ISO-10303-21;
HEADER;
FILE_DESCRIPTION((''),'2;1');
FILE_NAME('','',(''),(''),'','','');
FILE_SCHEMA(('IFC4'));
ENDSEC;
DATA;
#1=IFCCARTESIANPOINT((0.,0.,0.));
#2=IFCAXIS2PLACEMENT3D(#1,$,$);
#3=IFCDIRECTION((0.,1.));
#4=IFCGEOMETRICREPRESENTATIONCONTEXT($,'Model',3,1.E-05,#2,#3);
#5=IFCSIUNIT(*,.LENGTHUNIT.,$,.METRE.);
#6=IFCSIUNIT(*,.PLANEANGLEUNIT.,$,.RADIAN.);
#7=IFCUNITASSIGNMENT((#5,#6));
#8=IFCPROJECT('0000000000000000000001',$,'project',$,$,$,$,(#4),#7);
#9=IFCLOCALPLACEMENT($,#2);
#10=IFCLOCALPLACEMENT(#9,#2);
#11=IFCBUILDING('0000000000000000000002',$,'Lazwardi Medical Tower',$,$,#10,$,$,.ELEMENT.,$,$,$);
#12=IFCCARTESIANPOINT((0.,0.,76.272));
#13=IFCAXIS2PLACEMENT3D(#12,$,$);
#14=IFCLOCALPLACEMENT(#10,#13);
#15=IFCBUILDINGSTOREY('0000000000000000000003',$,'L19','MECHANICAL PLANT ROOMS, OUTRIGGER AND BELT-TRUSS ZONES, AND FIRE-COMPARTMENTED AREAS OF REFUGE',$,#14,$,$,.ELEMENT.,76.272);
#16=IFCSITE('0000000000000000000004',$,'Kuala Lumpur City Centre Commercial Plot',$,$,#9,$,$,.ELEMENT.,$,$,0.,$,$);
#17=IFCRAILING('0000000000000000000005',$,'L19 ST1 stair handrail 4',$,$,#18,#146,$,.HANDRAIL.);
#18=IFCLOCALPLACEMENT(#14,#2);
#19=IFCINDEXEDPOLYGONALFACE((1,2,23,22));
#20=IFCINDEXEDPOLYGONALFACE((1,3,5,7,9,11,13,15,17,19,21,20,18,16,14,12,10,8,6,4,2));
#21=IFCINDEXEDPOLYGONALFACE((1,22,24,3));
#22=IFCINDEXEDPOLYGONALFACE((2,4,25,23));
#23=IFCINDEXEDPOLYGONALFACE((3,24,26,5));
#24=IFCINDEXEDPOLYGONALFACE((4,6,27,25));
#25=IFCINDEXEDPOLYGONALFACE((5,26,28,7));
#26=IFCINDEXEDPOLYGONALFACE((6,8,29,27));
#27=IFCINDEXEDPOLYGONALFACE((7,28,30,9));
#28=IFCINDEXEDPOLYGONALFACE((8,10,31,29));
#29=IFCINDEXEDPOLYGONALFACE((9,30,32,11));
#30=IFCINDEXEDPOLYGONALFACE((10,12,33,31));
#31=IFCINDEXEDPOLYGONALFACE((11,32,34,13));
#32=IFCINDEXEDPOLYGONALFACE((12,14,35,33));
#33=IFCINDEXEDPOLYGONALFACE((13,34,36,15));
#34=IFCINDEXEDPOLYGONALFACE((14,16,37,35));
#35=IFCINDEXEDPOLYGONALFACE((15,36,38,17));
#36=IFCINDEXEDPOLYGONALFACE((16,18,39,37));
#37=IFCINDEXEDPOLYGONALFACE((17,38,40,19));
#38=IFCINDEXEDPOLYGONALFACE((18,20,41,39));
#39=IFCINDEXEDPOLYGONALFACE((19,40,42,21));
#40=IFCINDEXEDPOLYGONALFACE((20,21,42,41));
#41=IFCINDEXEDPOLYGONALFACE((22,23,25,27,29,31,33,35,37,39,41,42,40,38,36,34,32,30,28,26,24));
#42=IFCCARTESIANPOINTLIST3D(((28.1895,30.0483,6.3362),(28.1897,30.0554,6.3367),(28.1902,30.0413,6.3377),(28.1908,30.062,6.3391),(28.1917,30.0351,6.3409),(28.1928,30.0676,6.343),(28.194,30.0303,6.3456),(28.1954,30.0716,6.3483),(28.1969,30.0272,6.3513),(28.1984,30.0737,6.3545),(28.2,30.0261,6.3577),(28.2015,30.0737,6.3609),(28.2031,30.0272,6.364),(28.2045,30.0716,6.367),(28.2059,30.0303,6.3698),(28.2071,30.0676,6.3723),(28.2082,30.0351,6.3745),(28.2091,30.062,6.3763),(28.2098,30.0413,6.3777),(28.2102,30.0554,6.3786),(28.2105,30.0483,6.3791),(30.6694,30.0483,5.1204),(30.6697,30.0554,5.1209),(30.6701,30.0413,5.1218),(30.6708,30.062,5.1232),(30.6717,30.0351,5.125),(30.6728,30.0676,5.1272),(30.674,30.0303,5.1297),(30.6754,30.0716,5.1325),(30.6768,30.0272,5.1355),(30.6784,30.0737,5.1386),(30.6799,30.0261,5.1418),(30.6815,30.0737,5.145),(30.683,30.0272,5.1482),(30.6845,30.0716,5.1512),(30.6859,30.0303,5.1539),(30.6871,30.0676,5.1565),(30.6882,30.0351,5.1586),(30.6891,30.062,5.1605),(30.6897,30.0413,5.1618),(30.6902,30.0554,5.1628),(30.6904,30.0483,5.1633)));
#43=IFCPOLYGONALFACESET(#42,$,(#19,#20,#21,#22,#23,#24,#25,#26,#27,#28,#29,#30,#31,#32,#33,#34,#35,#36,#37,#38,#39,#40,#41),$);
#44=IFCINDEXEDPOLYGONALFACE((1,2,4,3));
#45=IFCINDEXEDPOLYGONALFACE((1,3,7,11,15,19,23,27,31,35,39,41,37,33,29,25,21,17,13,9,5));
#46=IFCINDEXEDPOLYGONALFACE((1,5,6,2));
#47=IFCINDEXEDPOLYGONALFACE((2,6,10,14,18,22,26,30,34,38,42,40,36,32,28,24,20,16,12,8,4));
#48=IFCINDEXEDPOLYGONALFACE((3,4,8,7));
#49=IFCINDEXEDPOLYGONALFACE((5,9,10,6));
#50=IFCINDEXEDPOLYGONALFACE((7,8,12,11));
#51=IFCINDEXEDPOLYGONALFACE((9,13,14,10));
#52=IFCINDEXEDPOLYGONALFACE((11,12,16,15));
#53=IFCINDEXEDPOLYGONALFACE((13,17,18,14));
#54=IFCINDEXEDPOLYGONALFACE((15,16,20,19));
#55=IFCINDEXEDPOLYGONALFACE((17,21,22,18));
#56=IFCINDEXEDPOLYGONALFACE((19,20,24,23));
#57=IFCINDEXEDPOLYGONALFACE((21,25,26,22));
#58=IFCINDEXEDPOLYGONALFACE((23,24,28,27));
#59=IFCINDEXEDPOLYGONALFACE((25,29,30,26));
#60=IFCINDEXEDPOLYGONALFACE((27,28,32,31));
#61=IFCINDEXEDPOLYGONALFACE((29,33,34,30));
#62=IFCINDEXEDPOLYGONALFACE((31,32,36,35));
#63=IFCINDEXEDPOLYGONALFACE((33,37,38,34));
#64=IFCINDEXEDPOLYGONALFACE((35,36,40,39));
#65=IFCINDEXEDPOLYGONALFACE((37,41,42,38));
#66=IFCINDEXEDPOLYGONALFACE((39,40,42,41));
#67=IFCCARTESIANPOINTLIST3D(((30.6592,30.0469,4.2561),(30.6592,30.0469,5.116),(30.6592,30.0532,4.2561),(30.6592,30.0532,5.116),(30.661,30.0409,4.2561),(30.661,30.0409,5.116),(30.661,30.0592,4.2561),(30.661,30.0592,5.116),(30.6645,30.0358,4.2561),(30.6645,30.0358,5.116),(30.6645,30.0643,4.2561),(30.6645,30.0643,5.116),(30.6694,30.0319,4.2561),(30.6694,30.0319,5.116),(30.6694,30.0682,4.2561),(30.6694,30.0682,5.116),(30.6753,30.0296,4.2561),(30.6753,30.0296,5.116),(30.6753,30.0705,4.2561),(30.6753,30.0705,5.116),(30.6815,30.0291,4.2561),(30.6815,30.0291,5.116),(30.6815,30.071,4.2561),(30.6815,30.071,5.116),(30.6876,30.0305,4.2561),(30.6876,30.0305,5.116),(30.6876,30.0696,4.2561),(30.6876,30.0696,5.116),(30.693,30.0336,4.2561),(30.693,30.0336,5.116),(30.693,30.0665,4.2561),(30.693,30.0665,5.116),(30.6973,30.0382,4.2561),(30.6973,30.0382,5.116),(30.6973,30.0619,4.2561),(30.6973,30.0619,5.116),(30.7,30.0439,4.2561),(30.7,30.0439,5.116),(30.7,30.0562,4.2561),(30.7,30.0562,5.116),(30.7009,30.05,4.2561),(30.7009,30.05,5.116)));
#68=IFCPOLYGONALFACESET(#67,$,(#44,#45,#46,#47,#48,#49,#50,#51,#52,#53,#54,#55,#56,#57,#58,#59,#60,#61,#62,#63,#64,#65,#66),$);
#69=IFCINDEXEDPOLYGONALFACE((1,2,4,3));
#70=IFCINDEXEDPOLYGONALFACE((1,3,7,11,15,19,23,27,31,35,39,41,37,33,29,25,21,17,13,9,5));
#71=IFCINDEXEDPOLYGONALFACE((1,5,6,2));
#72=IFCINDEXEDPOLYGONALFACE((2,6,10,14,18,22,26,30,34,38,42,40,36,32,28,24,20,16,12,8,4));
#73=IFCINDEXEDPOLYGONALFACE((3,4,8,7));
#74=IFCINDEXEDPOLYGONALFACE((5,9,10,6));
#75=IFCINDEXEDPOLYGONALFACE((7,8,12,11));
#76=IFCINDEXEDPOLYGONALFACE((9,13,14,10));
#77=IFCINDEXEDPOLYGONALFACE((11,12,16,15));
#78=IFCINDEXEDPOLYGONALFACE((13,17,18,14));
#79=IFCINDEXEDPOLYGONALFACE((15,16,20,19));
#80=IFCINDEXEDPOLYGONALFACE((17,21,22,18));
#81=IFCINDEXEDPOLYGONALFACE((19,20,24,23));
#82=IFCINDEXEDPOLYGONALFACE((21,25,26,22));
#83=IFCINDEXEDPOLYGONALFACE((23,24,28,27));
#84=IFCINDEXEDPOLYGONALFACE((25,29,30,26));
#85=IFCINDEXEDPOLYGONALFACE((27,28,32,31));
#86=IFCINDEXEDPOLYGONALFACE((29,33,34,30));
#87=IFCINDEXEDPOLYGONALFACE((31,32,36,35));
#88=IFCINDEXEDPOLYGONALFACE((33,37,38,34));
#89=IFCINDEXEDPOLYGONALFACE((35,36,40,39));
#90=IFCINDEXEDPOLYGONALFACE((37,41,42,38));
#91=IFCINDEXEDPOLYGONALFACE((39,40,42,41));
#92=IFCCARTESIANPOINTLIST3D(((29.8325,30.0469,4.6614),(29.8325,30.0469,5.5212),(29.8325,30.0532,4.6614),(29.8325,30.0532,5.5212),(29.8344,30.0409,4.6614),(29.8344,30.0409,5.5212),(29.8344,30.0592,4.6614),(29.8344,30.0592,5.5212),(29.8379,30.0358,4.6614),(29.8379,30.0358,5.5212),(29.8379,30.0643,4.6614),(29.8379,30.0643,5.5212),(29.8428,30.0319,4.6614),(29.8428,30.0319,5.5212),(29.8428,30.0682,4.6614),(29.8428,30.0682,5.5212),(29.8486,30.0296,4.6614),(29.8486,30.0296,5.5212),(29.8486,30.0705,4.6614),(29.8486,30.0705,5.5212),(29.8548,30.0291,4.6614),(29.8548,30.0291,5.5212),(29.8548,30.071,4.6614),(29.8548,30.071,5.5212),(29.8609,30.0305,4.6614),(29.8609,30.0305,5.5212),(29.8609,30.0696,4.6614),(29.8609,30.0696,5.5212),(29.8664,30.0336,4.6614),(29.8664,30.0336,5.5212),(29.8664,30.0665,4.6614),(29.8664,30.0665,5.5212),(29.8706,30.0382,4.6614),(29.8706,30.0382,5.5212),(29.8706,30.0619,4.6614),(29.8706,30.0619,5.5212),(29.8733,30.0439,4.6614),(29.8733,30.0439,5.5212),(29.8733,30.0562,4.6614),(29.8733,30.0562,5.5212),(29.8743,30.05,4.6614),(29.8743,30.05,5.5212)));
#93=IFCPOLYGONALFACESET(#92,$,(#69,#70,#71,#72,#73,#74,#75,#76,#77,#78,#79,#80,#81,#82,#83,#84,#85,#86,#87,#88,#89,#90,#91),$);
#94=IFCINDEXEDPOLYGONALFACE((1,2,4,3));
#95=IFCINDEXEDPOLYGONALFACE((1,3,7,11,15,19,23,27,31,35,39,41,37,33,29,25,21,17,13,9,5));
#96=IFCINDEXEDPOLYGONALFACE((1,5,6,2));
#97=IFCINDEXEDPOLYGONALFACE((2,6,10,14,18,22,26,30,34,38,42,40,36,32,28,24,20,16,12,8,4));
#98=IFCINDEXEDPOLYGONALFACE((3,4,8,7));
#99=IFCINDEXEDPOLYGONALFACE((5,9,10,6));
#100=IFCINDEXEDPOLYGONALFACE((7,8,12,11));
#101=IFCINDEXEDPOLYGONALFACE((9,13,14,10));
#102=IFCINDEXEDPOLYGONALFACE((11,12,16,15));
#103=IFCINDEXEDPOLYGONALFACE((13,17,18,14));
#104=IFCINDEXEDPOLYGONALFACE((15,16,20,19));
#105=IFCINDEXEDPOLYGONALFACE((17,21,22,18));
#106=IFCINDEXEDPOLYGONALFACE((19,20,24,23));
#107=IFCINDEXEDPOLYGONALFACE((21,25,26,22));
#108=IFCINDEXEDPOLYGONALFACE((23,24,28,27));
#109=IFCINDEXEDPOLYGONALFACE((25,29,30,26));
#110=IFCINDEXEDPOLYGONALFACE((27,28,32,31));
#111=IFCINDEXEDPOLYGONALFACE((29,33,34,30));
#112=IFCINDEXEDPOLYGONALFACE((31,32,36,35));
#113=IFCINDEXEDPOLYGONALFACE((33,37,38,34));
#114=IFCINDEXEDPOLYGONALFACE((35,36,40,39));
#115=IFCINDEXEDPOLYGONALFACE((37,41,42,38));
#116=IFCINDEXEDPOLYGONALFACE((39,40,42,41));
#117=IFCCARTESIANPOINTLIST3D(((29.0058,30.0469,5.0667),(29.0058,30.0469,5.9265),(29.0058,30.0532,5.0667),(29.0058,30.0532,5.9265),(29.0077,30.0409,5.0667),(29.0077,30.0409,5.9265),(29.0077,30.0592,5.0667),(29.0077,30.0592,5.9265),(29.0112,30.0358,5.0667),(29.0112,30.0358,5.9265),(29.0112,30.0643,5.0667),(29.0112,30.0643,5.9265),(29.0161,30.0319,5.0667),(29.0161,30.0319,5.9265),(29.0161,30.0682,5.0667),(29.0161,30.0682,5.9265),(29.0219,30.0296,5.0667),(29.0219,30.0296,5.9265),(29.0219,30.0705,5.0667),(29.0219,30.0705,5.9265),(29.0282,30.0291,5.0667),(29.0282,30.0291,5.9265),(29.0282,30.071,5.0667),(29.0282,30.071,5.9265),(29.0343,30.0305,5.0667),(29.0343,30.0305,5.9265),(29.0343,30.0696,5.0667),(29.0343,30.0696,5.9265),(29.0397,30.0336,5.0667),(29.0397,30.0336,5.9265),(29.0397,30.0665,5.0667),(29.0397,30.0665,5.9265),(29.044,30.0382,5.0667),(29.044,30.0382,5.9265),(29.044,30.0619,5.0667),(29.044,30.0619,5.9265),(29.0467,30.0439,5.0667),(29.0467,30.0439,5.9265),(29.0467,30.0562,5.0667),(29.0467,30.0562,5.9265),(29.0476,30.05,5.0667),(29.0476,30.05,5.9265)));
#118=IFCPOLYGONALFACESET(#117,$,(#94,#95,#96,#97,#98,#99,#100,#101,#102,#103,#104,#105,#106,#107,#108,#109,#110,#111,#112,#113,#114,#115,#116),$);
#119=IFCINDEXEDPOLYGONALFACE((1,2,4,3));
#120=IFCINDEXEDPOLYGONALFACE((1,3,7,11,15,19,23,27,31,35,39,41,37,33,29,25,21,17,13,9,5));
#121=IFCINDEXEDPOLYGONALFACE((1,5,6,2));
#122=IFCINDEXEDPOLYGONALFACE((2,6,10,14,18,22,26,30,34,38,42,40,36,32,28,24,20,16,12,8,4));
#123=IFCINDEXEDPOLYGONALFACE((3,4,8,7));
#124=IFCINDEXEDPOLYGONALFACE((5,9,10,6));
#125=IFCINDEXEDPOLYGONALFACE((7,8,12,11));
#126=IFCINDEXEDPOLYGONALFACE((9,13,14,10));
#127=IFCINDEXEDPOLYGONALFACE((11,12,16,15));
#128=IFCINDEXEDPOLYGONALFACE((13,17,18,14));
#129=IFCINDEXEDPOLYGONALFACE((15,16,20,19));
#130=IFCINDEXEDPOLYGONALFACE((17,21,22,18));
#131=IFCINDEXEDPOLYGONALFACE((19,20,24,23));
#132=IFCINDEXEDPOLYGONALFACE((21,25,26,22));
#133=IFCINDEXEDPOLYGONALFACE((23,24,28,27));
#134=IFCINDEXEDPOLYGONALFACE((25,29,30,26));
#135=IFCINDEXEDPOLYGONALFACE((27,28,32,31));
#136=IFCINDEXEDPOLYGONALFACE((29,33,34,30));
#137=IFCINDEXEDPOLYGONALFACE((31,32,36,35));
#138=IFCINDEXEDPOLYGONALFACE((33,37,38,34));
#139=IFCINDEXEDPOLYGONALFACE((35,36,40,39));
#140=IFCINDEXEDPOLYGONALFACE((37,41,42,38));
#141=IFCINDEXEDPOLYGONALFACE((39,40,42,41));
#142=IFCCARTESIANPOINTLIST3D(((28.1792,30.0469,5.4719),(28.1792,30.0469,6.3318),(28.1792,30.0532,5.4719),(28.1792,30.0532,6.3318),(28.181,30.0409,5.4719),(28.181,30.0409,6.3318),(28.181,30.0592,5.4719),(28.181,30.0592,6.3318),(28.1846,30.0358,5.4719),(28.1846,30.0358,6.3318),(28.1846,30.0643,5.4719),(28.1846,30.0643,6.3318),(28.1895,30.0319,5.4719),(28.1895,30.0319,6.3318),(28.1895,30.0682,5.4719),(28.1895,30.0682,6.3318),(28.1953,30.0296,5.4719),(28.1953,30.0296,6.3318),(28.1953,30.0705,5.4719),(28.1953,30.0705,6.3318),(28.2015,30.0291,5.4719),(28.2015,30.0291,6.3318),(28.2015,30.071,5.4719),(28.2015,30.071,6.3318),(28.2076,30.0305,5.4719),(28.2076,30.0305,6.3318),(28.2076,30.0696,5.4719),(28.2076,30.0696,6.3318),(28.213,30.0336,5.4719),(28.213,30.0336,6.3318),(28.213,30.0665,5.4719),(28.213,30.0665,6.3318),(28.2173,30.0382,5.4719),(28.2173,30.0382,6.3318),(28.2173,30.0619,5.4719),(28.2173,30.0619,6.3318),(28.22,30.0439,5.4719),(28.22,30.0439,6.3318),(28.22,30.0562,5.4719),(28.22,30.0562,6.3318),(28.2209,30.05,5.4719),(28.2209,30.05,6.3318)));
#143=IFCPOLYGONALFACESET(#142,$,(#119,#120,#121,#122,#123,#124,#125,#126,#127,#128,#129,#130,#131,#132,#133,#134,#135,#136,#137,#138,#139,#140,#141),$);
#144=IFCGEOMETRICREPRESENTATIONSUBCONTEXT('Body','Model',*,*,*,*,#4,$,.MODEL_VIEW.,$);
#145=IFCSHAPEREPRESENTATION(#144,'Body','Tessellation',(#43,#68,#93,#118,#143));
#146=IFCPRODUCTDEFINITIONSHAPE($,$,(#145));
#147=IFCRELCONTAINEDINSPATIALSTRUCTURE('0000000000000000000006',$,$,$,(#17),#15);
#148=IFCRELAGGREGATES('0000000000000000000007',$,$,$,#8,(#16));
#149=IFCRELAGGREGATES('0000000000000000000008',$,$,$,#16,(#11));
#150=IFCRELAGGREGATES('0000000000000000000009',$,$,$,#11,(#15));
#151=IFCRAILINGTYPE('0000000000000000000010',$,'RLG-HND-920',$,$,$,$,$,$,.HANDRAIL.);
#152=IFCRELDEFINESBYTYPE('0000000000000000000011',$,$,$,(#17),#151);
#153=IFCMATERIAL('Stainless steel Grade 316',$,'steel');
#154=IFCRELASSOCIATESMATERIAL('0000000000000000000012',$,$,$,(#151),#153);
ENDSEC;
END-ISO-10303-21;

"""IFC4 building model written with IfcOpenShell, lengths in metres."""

from ifc_helpers import new_model, si_unit, direction, frame, origin, origin_2d, place, context, subcontext, project, spatial, circle, extrude, material, type_object, element, save


model = new_model("IFC4")

# Units and contexts
model_context = context("Model", 3, precision=1e-05, world=origin(), true_north=direction((0.0, 1.0)))
body_context = subcontext(model_context, "Body", "Model", "MODEL_VIEW")
ifc_project = project(units=[si_unit("LENGTHUNIT", "METRE"), si_unit("PLANEANGLEUNIT", "RADIAN")], contexts=[model_context])

# Site, building, storey
site_placement = place(None, origin())
site = spatial("IfcSite", under=ifc_project, at=site_placement, Name="Kuala Lumpur City Centre Commercial Plot", CompositionType="ELEMENT", RefElevation=0.0)
building_placement = place(site_placement, origin())
building = spatial("IfcBuilding", under=site, at=building_placement, Name="Lazwardi Medical Tower", CompositionType="ELEMENT")
storey_placement = place(building_placement, frame((0.0, 0.0, 76.272)))
storey = spatial("IfcBuildingStorey", under=building, at=storey_placement, Name="L19", Description="MECHANICAL PLANT ROOMS, OUTRIGGER AND BELT-TRUSS ZONES, AND FIRE-COMPARTMENTED AREAS OF REFUGE", CompositionType="ELEMENT", Elevation=76.272)

# Railing
ifc_material_1 = material(Name="Stainless steel Grade 316", Category="steel")
railing_type_1 = type_object("IfcRailingType", Name="RLG-HND-920", PredefinedType="HANDRAIL", material=ifc_material_1)
railing_1_placement = place(storey_placement, frame((30.6799, 30.05, 4.2561)))
element("IfcRailing", 1, at=railing_1_placement, inside=storey, type_object=railing_type_1, Name="L19 ST1 stair handrail 4", PredefinedType="HANDRAIL", context=body_context, shape_type="SweptSolid", body=[
    extrude(circle(Radius=0.0239, at=origin_2d()), frame((0.0, 0.0, 0.8857), z_axis=(-0.8979, 0.0, 0.440199), x_axis=(0.0, -1.0, 0.0)), (0.0, 0.0, 1.0), 2.762),
    extrude(circle(Radius=0.021, at=origin_2d()), origin(), (0.0, 0.0, 1.0), 0.8599),
    extrude(circle(Radius=0.021, at=origin_2d()), frame((-0.8267, 0.0, 0.4053)), (0.0, 0.0, 1.0), 0.8599),
    extrude(circle(Radius=0.021, at=origin_2d()), frame((-1.6533, 0.0, 0.8105)), (0.0, 0.0, 1.0), 0.8599),
    extrude(circle(Radius=0.021, at=origin_2d()), frame((-2.48, 0.0, 1.2158)), (0.0, 0.0, 1.0), 0.8599),
])

save(model, "model.ifc")
